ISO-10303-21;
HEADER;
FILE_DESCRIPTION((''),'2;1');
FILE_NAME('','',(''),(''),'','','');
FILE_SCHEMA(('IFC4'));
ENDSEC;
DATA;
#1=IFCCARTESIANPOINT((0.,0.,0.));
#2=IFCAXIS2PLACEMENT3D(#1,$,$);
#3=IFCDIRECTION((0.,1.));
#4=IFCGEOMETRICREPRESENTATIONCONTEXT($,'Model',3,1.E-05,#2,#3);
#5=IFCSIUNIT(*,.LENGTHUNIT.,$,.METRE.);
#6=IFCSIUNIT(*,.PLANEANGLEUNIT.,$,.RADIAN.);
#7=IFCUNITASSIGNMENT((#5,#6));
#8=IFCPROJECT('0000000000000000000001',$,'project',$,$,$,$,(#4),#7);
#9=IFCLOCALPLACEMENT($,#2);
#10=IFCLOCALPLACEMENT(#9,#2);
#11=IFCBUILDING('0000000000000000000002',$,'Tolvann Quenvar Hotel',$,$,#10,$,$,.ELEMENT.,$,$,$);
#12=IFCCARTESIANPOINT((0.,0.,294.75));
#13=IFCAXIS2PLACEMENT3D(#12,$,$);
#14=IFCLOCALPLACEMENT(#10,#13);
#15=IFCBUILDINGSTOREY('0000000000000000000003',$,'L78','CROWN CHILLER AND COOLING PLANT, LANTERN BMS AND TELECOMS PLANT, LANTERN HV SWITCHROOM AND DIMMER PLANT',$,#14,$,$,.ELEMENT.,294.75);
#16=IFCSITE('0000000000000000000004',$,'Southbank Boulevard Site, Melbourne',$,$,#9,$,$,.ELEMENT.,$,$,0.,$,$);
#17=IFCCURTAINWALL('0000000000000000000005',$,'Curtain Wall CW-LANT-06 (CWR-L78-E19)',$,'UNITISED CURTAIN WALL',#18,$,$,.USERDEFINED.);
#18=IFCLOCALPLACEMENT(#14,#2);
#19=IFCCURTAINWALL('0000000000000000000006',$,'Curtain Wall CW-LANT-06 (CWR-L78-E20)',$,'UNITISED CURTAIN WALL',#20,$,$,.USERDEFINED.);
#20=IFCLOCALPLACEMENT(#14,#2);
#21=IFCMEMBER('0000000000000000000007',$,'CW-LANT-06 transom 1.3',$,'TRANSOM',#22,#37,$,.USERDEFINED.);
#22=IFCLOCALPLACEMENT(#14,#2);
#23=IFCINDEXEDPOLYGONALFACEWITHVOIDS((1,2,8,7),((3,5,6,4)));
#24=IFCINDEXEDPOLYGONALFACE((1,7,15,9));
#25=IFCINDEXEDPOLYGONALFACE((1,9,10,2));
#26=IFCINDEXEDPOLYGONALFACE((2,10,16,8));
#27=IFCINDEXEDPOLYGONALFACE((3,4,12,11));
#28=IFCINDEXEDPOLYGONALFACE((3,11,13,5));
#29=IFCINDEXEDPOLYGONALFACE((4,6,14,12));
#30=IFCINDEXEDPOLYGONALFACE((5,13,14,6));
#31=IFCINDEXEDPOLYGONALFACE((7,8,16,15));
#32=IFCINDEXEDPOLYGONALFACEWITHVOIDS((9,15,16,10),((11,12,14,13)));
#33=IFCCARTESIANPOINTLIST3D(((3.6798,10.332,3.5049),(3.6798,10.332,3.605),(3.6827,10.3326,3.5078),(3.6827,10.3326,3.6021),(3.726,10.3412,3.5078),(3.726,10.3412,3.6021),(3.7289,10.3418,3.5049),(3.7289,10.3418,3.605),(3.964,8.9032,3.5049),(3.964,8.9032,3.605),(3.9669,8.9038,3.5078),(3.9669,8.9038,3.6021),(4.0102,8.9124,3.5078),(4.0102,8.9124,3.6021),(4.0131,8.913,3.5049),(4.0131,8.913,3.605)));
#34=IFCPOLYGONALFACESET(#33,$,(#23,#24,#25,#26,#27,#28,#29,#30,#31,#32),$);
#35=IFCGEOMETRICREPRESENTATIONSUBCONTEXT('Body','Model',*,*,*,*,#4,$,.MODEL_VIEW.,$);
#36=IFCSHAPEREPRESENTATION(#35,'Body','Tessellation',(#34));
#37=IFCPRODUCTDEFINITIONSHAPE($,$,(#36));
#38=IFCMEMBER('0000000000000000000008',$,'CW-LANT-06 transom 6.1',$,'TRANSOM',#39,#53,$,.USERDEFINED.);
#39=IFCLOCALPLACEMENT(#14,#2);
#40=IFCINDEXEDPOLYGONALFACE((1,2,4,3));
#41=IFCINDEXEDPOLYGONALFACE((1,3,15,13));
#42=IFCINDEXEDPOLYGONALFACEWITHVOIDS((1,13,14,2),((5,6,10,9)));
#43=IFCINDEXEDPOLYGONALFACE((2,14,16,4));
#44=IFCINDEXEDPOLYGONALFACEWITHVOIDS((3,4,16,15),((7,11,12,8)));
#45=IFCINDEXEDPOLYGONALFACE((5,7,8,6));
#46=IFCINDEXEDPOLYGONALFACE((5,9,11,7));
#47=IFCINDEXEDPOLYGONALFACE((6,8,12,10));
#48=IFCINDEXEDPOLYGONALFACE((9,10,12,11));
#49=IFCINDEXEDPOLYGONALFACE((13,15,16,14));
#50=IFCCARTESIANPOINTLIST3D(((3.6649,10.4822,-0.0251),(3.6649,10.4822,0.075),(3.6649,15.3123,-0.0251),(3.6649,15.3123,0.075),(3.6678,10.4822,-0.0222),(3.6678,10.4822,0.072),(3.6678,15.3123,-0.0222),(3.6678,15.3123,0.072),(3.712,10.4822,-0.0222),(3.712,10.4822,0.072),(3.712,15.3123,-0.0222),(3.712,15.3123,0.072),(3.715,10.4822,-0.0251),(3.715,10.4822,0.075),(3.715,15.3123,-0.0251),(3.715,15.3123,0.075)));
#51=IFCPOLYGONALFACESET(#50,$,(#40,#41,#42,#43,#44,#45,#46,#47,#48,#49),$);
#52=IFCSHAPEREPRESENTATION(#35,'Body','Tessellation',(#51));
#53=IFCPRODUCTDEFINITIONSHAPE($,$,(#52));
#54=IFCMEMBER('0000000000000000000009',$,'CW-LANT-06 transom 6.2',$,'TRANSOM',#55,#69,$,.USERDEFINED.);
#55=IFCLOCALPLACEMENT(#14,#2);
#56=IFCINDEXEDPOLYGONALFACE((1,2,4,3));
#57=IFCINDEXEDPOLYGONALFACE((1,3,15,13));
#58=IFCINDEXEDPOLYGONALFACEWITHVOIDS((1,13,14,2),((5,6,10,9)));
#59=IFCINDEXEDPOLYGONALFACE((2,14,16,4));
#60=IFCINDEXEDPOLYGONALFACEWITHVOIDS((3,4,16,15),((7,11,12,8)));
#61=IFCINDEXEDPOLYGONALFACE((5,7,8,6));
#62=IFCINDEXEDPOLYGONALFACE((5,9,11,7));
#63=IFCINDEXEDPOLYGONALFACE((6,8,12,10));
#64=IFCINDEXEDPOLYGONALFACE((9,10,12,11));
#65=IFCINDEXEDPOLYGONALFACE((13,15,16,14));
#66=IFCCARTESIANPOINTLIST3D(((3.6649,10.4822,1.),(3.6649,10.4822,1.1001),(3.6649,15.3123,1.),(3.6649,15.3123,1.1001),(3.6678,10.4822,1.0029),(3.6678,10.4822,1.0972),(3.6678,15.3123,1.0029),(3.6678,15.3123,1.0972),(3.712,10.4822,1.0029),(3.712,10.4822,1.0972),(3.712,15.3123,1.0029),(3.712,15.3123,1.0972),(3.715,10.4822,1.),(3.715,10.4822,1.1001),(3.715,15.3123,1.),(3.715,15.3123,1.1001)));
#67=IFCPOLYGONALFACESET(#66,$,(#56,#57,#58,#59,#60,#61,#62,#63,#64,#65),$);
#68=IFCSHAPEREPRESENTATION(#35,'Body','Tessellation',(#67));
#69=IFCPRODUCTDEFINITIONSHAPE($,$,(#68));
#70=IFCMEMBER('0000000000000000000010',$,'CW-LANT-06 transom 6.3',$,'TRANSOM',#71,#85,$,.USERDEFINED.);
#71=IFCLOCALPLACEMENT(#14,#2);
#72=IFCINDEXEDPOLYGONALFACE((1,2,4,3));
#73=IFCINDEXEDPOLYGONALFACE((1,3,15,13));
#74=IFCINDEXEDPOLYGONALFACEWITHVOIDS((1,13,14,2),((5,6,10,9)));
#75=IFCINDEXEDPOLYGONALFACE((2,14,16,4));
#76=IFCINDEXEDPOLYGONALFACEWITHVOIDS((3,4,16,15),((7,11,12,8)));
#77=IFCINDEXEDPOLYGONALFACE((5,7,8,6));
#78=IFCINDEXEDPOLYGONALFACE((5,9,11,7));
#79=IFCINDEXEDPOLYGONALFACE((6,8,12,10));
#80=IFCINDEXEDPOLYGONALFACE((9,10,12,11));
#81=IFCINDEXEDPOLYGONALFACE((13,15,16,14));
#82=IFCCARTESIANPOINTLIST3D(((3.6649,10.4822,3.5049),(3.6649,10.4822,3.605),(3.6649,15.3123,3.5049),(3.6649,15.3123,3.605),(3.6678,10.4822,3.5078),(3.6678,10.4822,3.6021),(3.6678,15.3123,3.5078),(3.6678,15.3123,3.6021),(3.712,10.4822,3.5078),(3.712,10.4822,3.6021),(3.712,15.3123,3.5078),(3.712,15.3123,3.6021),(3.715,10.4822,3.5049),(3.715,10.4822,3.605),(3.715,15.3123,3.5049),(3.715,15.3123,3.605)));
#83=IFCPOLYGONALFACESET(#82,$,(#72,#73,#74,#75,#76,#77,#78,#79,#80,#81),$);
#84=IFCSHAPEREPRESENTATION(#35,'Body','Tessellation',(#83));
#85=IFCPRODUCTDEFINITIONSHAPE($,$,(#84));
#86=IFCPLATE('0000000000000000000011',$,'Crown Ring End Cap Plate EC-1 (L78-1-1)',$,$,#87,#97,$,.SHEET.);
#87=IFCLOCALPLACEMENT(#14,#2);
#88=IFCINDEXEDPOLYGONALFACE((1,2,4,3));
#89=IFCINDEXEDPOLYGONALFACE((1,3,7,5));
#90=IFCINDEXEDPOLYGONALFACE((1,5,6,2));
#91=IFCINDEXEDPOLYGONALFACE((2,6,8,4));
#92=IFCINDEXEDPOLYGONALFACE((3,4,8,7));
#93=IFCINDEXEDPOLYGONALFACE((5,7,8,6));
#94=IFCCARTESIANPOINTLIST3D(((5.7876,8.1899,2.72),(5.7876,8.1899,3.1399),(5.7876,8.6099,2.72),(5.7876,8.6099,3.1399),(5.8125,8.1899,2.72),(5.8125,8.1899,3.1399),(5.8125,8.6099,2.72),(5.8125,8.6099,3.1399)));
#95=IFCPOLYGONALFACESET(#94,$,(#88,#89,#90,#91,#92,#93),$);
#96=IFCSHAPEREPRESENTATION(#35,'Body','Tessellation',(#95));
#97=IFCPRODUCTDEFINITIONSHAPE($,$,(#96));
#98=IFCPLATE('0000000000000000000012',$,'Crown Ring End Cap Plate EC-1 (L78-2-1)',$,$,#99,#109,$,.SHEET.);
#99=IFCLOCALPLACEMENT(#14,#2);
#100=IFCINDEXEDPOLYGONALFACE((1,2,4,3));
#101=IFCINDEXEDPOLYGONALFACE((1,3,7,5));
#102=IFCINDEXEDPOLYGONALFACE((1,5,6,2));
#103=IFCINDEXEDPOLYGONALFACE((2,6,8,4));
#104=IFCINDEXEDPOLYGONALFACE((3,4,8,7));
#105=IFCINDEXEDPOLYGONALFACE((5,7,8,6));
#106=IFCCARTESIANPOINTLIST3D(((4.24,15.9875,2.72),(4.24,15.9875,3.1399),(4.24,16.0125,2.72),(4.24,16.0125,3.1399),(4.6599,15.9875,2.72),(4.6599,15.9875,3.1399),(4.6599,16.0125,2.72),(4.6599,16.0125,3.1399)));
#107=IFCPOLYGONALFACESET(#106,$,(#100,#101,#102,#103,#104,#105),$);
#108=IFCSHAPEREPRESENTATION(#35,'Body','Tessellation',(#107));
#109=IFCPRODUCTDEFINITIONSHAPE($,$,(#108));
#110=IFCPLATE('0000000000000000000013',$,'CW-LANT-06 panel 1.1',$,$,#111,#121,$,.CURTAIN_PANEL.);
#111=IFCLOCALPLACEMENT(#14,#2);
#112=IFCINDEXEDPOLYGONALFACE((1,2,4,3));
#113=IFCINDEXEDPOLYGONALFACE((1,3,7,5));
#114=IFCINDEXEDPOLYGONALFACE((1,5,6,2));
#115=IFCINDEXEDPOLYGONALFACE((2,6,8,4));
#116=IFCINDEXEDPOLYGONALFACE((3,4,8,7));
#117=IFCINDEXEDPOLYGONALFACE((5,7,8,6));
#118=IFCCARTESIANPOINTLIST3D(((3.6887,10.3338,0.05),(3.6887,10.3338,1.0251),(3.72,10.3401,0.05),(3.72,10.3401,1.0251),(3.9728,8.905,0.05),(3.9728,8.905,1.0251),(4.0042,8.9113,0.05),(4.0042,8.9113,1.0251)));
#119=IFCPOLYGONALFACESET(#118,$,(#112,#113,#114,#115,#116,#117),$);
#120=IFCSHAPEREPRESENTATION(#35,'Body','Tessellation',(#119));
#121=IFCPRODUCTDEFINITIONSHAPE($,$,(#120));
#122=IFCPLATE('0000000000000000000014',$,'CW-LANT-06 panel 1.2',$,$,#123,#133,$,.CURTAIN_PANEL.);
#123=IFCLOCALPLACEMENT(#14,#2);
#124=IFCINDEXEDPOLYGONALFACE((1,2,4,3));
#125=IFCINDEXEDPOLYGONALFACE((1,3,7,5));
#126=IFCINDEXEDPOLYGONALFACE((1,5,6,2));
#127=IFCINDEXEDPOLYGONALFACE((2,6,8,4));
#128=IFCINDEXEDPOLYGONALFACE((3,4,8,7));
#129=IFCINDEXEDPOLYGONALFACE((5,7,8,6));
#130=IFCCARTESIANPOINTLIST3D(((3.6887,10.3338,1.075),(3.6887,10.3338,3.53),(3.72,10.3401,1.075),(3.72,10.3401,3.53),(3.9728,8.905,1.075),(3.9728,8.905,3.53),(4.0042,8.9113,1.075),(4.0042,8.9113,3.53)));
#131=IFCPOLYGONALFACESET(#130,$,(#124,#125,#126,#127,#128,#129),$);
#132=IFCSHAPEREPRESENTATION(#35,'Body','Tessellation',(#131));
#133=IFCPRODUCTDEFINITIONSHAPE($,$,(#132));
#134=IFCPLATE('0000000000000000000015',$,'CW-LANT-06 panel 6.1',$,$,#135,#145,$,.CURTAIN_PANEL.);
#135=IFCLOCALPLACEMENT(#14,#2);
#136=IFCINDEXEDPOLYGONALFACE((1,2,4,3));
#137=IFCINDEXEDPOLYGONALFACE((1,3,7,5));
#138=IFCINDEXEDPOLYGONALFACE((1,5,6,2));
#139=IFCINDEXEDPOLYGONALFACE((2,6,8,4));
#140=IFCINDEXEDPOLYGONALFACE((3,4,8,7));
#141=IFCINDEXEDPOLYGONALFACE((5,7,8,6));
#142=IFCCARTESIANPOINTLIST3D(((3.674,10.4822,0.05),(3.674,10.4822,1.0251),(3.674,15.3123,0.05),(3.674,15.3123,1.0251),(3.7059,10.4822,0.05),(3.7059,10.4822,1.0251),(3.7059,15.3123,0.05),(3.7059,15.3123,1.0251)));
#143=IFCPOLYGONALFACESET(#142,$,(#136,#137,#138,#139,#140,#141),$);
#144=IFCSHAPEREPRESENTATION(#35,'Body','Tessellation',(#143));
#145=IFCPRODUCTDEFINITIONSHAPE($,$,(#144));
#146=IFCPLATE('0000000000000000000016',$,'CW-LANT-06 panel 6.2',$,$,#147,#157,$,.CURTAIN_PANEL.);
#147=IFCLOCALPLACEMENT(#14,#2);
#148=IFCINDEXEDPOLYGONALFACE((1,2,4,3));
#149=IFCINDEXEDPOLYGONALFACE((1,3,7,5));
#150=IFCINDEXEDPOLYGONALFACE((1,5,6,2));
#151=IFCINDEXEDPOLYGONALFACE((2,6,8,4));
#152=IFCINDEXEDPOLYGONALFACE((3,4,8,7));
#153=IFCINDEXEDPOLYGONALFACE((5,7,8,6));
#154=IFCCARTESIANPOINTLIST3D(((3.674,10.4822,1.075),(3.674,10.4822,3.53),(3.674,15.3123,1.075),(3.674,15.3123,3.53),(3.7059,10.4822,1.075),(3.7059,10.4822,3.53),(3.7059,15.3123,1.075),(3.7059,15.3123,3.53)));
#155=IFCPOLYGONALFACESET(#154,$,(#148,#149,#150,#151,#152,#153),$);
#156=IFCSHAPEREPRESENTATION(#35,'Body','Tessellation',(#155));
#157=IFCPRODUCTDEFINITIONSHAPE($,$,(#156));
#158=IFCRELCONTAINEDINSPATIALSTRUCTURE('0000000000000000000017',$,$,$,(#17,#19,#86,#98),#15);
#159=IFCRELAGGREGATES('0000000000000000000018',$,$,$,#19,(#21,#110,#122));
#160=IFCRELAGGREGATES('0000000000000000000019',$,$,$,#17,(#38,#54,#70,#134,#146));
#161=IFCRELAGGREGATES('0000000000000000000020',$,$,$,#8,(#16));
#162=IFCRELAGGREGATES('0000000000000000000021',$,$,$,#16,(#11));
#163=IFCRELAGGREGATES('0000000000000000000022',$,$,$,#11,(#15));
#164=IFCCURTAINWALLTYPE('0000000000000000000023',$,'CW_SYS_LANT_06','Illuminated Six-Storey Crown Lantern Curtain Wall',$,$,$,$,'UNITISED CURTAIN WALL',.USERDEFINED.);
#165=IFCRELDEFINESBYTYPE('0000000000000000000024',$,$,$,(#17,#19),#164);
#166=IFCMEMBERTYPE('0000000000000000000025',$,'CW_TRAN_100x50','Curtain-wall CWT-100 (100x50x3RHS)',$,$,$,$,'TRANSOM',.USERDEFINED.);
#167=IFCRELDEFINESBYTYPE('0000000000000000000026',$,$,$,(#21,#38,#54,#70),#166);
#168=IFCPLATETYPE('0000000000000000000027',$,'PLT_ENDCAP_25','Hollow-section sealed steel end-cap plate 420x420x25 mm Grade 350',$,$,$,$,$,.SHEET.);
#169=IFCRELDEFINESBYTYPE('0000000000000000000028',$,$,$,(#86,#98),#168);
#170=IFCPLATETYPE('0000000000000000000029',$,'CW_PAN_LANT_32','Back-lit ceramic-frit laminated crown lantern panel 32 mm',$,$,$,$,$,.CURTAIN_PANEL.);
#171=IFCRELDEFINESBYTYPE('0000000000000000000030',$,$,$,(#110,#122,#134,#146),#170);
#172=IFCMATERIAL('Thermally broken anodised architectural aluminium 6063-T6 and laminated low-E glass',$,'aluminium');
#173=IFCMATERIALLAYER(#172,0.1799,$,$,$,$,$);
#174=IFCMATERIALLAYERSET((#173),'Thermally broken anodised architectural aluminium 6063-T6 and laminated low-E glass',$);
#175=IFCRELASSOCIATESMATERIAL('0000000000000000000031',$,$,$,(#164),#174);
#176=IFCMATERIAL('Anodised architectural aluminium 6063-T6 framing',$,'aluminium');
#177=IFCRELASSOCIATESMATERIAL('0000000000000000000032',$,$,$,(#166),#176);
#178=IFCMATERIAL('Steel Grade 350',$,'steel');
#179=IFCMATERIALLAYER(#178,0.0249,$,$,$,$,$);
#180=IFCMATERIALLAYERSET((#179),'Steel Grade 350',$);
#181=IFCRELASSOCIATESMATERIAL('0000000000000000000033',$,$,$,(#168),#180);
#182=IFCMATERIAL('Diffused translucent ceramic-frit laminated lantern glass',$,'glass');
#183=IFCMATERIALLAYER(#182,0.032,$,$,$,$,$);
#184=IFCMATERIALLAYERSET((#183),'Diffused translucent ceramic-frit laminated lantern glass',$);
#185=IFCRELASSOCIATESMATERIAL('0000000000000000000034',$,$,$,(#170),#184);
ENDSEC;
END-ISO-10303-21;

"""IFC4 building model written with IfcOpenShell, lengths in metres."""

from ifc_helpers import new_model, si_unit, direction, frame, origin, origin_2d, place, context, subcontext, project, spatial, rectangle, hollow_rectangle, extrude, source, transform, mapped, material, layer, layer_set, material_profile, profile_set, type_object, type_shapes, element, aggregate, save


model = new_model("IFC4")

# Units and contexts
model_context = context("Model", 3, precision=1e-05, world=origin(), true_north=direction((0.0, 1.0)))
body_context = subcontext(model_context, "Body", "Model", "MODEL_VIEW")
ifc_project = project(units=[si_unit("LENGTHUNIT", "METRE"), si_unit("PLANEANGLEUNIT", "RADIAN")], contexts=[model_context])

# Site, building, storey
site_placement = place(None, origin())
site = spatial("IfcSite", under=ifc_project, at=site_placement, Name="Southbank Boulevard Site, Melbourne", CompositionType="ELEMENT", RefElevation=0.0)
building_placement = place(site_placement, origin())
building = spatial("IfcBuilding", under=site, at=building_placement, Name="Tolvann Quenvar Hotel", CompositionType="ELEMENT")
storey_placement = place(building_placement, frame((0.0, 0.0, 294.75)))
storey = spatial("IfcBuildingStorey", under=building, at=storey_placement, Name="L78", Description="CROWN CHILLER AND COOLING PLANT, LANTERN BMS AND TELECOMS PLANT, LANTERN HV SWITCHROOM AND DIMMER PLANT", CompositionType="ELEMENT", Elevation=294.75)

# Shared definitions
ifc_material_1 = material(Name="Steel Grade 350", Category="steel")

# Shared definitions
ifc_material_2 = material(Name="Thermally broken anodised architectural aluminium 6063-T6 and laminated low-E glass", Category="aluminium")
ifc_layer_1 = layer(ifc_material_2, 0.1799)
ifc_layer_set_1 = layer_set([ifc_layer_1], Name="Thermally broken anodised architectural aluminium 6063-T6 and laminated low-E glass")
curtain_wall_type = type_object("IfcCurtainWallType", Name="CW_SYS_LANT_06", Description="Illuminated Six-Storey Crown Lantern Curtain Wall", ElementType="UNITISED CURTAIN WALL", PredefinedType="USERDEFINED", material=ifc_layer_set_1)
ifc_material_3 = material(Name="Anodised architectural aluminium 6063-T6 framing", Category="aluminium")

# Curtain walls
curtain_wall_1_placement = place(storey_placement, origin())
curtain_wall_1 = element("IfcCurtainWall", 1, at=curtain_wall_1_placement, inside=storey, type_object=curtain_wall_type, Name="Curtain Wall CW-LANT-06 (CWR-L78-E19)", ObjectType="UNITISED CURTAIN WALL", PredefinedType="USERDEFINED")
curtain_wall_2_placement = place(storey_placement, origin())
curtain_wall_2 = element("IfcCurtainWall", 2, at=curtain_wall_2_placement, inside=storey, type_object=curtain_wall_type, Name="Curtain Wall CW-LANT-06 (CWR-L78-E20)", ObjectType="UNITISED CURTAIN WALL", PredefinedType="USERDEFINED")

# Members
ifc_material_profile_1 = material_profile(ifc_material_3, hollow_rectangle(XDim=0.05, YDim=0.1001, WallThickness=0.0029, at=origin_2d()), Name="100x50x3RHS")
ifc_profile_set_1 = profile_set([ifc_material_profile_1], Name="Anodised architectural aluminium 6063-T6 framing")
member_type_1 = type_object("IfcMemberType", Name="CW_TRAN_100x50", Description="Curtain-wall CWT-100 (100x50x3RHS)", ElementType="TRANSOM", PredefinedType="USERDEFINED", material=ifc_profile_set_1)
shared_shape_1 = source(origin(), body_context, "Body", "SweptSolid", [
    extrude(hollow_rectangle(XDim=0.05, YDim=0.1001, WallThickness=0.0029, at=origin_2d()), origin(), (0.0, 0.0, 1.0), 1.4568),
])
member_1_placement = place(storey_placement, frame((3.7043, 10.3369, 3.5549), z_axis=(0.195085, -0.980786, 0.0), x_axis=(0.980786, 0.195085, 0.0)))
member_1 = element("IfcMember", 3, at=member_1_placement, type_object=member_type_1, Name="CW-LANT-06 transom 1.3", ObjectType="TRANSOM", PredefinedType="USERDEFINED", context=body_context, shape_type="MappedRepresentation", body=[
    mapped(shared_shape_1, transform((0.0, 0.0, 0.0), x_axis=(1.0, 0.0, 0.0), y_axis=(0.0, 1.0, 0.0), z_axis=(0.0, 0.0, 1.0), scale=1.0)),
])
shared_shape_2 = source(origin(), body_context, "Body", "SweptSolid", [
    extrude(hollow_rectangle(XDim=0.05, YDim=0.1001, WallThickness=0.0029, at=origin_2d()), origin(), (0.0, 0.0, 1.0), 4.8301),
])
member_2_placement = place(storey_placement, frame((3.6899, 15.3123, 0.0249), z_axis=(0.0, -1.0, 0.0), x_axis=(1.0, 0.0, 0.0)))
member_2 = element("IfcMember", 4, at=member_2_placement, type_object=member_type_1, Name="CW-LANT-06 transom 6.1", ObjectType="TRANSOM", PredefinedType="USERDEFINED", context=body_context, shape_type="MappedRepresentation", body=[
    mapped(shared_shape_2, transform((0.0, 0.0, 0.0), x_axis=(1.0, 0.0, 0.0), y_axis=(0.0, 1.0, 0.0), z_axis=(0.0, 0.0, 1.0), scale=1.0)),
])
member_3_placement = place(storey_placement, frame((3.6899, 15.3123, 1.05), z_axis=(0.0, -1.0, 0.0), x_axis=(1.0, 0.0, 0.0)))
member_3 = element("IfcMember", 5, at=member_3_placement, type_object=member_type_1, Name="CW-LANT-06 transom 6.2", ObjectType="TRANSOM", PredefinedType="USERDEFINED", context=body_context, shape_type="MappedRepresentation", body=[
    mapped(shared_shape_2, transform((0.0, 0.0, 0.0), x_axis=(1.0, 0.0, 0.0), y_axis=(0.0, 1.0, 0.0), z_axis=(0.0, 0.0, 1.0), scale=1.0)),
])
member_4_placement = place(storey_placement, frame((3.6899, 15.3123, 3.5549), z_axis=(0.0, -1.0, 0.0), x_axis=(1.0, 0.0, 0.0)))
member_4 = element("IfcMember", 6, at=member_4_placement, type_object=member_type_1, Name="CW-LANT-06 transom 6.3", ObjectType="TRANSOM", PredefinedType="USERDEFINED", context=body_context, shape_type="MappedRepresentation", body=[
    mapped(shared_shape_2, transform((0.0, 0.0, 0.0), x_axis=(1.0, 0.0, 0.0), y_axis=(0.0, 1.0, 0.0), z_axis=(0.0, 0.0, 1.0), scale=1.0)),
])

# Plates
ifc_layer_2 = layer(ifc_material_1, 0.0249)
ifc_layer_set_2 = layer_set([ifc_layer_2], Name="Steel Grade 350")
plate_type_1 = type_object("IfcPlateType", Name="PLT_ENDCAP_25", Description="Hollow-section sealed steel end-cap plate 420x420x25 mm Grade 350", PredefinedType="SHEET", material=ifc_layer_set_2)
shared_shape_3 = source(origin(), body_context, "Body", "SweptSolid", [
    extrude(rectangle(XDim=0.0249, YDim=0.4199, at=origin_2d()), origin(), (0.0, 0.0, 1.0), 0.4199),
])
plate_1_placement = place(storey_placement, frame((5.8, 8.3999, 2.72), z_axis=(0.0, 0.0, 1.0), x_axis=(1.0, 0.0, 0.0)))
element("IfcPlate", 7, at=plate_1_placement, inside=storey, type_object=plate_type_1, Name="Crown Ring End Cap Plate EC-1 (L78-1-1)", PredefinedType="SHEET", context=body_context, shape_type="MappedRepresentation", body=[
    mapped(shared_shape_3, transform((0.0, 0.0, 0.0), x_axis=(1.0, 0.0, 0.0), y_axis=(0.0, 1.0, 0.0), z_axis=(0.0, 0.0, 1.0), scale=1.0)),
])
shared_shape_4 = source(origin(), body_context, "Body", "SweptSolid", [
    extrude(rectangle(XDim=0.4199, YDim=0.0249, at=origin_2d()), origin(), (0.0, 0.0, 1.0), 0.4199),
])
type_shapes(plate_type_1, [shared_shape_3, shared_shape_4])
plate_2_placement = place(storey_placement, frame((4.45, 16.0, 2.72), z_axis=(0.0, 0.0, 1.0), x_axis=(1.0, 0.0, 0.0)))
element("IfcPlate", 8, at=plate_2_placement, inside=storey, type_object=plate_type_1, Name="Crown Ring End Cap Plate EC-1 (L78-2-1)", PredefinedType="SHEET", context=body_context, shape_type="MappedRepresentation", body=[
    mapped(shared_shape_4, transform((0.0, 0.0, 0.0), x_axis=(1.0, 0.0, 0.0), y_axis=(0.0, 1.0, 0.0), z_axis=(0.0, 0.0, 1.0), scale=1.0)),
])

# Plates
ifc_material_4 = material(Name="Diffused translucent ceramic-frit laminated lantern glass", Category="glass")
ifc_layer_3 = layer(ifc_material_4, 0.032)
ifc_layer_set_3 = layer_set([ifc_layer_3], Name="Diffused translucent ceramic-frit laminated lantern glass")
plate_type_2 = type_object("IfcPlateType", Name="CW_PAN_LANT_32", Description="Back-lit ceramic-frit laminated crown lantern panel 32 mm", PredefinedType="CURTAIN_PANEL", material=ifc_layer_set_3)
shared_shape_5 = source(origin(), body_context, "Body", "SweptSolid", [
    extrude(rectangle(XDim=1.4568, YDim=0.032, at=origin_2d()), origin(), (0.0, 0.0, 1.0), 0.9751),
])
plate_3_placement = place(storey_placement, frame((3.8464, 9.6226, 0.05), z_axis=(0.0, 0.0, 1.0), x_axis=(0.195062, -0.980791, 0.0)))
plate_3 = element("IfcPlate", 9, at=plate_3_placement, type_object=plate_type_2, Name="CW-LANT-06 panel 1.1", PredefinedType="CURTAIN_PANEL", context=body_context, shape_type="MappedRepresentation", body=[
    mapped(shared_shape_5, transform((0.0, 0.0, 0.0), x_axis=(1.0, 0.0, 0.0), y_axis=(0.0, 1.0, 0.0), z_axis=(0.0, 0.0, 1.0), scale=1.0)),
])
shared_shape_6 = source(origin(), body_context, "Body", "SweptSolid", [
    extrude(rectangle(XDim=1.4568, YDim=0.032, at=origin_2d()), origin(), (0.0, 0.0, 1.0), 2.4551),
])
plate_4_placement = place(storey_placement, frame((3.8464, 9.6226, 1.075), z_axis=(0.0, 0.0, 1.0), x_axis=(0.195062, -0.980791, 0.0)))
plate_4 = element("IfcPlate", 10, at=plate_4_placement, type_object=plate_type_2, Name="CW-LANT-06 panel 1.2", PredefinedType="CURTAIN_PANEL", context=body_context, shape_type="MappedRepresentation", body=[
    mapped(shared_shape_6, transform((0.0, 0.0, 0.0), x_axis=(1.0, 0.0, 0.0), y_axis=(0.0, 1.0, 0.0), z_axis=(0.0, 0.0, 1.0), scale=1.0)),
])
aggregate(curtain_wall_2, [member_1, plate_3, plate_4])
shared_shape_7 = source(origin(), body_context, "Body", "SweptSolid", [
    extrude(rectangle(XDim=4.8301, YDim=0.032, at=origin_2d()), origin(), (0.0, 0.0, 1.0), 0.9751),
])
plate_5_placement = place(storey_placement, frame((3.6899, 12.8972, 0.05), z_axis=(0.0, 0.0, 1.0), x_axis=(0.0, -1.0, 0.0)))
plate_5 = element("IfcPlate", 11, at=plate_5_placement, type_object=plate_type_2, Name="CW-LANT-06 panel 6.1", PredefinedType="CURTAIN_PANEL", context=body_context, shape_type="MappedRepresentation", body=[
    mapped(shared_shape_7, transform((0.0, 0.0, 0.0), x_axis=(1.0, 0.0, 0.0), y_axis=(0.0, 1.0, 0.0), z_axis=(0.0, 0.0, 1.0), scale=1.0)),
])
shared_shape_8 = source(origin(), body_context, "Body", "SweptSolid", [
    extrude(rectangle(XDim=4.8301, YDim=0.032, at=origin_2d()), origin(), (0.0, 0.0, 1.0), 2.4551),
])
type_shapes(plate_type_2, [shared_shape_5, shared_shape_6, shared_shape_7, shared_shape_8])
plate_6_placement = place(storey_placement, frame((3.6899, 12.8972, 1.075), z_axis=(0.0, 0.0, 1.0), x_axis=(0.0, -1.0, 0.0)))
plate_6 = element("IfcPlate", 12, at=plate_6_placement, type_object=plate_type_2, Name="CW-LANT-06 panel 6.2", PredefinedType="CURTAIN_PANEL", context=body_context, shape_type="MappedRepresentation", body=[
    mapped(shared_shape_8, transform((0.0, 0.0, 0.0), x_axis=(1.0, 0.0, 0.0), y_axis=(0.0, 1.0, 0.0), z_axis=(0.0, 0.0, 1.0), scale=1.0)),
])
aggregate(curtain_wall_1, [member_2, member_3, member_4, plate_5, plate_6])

save(model, "model.ifc")
